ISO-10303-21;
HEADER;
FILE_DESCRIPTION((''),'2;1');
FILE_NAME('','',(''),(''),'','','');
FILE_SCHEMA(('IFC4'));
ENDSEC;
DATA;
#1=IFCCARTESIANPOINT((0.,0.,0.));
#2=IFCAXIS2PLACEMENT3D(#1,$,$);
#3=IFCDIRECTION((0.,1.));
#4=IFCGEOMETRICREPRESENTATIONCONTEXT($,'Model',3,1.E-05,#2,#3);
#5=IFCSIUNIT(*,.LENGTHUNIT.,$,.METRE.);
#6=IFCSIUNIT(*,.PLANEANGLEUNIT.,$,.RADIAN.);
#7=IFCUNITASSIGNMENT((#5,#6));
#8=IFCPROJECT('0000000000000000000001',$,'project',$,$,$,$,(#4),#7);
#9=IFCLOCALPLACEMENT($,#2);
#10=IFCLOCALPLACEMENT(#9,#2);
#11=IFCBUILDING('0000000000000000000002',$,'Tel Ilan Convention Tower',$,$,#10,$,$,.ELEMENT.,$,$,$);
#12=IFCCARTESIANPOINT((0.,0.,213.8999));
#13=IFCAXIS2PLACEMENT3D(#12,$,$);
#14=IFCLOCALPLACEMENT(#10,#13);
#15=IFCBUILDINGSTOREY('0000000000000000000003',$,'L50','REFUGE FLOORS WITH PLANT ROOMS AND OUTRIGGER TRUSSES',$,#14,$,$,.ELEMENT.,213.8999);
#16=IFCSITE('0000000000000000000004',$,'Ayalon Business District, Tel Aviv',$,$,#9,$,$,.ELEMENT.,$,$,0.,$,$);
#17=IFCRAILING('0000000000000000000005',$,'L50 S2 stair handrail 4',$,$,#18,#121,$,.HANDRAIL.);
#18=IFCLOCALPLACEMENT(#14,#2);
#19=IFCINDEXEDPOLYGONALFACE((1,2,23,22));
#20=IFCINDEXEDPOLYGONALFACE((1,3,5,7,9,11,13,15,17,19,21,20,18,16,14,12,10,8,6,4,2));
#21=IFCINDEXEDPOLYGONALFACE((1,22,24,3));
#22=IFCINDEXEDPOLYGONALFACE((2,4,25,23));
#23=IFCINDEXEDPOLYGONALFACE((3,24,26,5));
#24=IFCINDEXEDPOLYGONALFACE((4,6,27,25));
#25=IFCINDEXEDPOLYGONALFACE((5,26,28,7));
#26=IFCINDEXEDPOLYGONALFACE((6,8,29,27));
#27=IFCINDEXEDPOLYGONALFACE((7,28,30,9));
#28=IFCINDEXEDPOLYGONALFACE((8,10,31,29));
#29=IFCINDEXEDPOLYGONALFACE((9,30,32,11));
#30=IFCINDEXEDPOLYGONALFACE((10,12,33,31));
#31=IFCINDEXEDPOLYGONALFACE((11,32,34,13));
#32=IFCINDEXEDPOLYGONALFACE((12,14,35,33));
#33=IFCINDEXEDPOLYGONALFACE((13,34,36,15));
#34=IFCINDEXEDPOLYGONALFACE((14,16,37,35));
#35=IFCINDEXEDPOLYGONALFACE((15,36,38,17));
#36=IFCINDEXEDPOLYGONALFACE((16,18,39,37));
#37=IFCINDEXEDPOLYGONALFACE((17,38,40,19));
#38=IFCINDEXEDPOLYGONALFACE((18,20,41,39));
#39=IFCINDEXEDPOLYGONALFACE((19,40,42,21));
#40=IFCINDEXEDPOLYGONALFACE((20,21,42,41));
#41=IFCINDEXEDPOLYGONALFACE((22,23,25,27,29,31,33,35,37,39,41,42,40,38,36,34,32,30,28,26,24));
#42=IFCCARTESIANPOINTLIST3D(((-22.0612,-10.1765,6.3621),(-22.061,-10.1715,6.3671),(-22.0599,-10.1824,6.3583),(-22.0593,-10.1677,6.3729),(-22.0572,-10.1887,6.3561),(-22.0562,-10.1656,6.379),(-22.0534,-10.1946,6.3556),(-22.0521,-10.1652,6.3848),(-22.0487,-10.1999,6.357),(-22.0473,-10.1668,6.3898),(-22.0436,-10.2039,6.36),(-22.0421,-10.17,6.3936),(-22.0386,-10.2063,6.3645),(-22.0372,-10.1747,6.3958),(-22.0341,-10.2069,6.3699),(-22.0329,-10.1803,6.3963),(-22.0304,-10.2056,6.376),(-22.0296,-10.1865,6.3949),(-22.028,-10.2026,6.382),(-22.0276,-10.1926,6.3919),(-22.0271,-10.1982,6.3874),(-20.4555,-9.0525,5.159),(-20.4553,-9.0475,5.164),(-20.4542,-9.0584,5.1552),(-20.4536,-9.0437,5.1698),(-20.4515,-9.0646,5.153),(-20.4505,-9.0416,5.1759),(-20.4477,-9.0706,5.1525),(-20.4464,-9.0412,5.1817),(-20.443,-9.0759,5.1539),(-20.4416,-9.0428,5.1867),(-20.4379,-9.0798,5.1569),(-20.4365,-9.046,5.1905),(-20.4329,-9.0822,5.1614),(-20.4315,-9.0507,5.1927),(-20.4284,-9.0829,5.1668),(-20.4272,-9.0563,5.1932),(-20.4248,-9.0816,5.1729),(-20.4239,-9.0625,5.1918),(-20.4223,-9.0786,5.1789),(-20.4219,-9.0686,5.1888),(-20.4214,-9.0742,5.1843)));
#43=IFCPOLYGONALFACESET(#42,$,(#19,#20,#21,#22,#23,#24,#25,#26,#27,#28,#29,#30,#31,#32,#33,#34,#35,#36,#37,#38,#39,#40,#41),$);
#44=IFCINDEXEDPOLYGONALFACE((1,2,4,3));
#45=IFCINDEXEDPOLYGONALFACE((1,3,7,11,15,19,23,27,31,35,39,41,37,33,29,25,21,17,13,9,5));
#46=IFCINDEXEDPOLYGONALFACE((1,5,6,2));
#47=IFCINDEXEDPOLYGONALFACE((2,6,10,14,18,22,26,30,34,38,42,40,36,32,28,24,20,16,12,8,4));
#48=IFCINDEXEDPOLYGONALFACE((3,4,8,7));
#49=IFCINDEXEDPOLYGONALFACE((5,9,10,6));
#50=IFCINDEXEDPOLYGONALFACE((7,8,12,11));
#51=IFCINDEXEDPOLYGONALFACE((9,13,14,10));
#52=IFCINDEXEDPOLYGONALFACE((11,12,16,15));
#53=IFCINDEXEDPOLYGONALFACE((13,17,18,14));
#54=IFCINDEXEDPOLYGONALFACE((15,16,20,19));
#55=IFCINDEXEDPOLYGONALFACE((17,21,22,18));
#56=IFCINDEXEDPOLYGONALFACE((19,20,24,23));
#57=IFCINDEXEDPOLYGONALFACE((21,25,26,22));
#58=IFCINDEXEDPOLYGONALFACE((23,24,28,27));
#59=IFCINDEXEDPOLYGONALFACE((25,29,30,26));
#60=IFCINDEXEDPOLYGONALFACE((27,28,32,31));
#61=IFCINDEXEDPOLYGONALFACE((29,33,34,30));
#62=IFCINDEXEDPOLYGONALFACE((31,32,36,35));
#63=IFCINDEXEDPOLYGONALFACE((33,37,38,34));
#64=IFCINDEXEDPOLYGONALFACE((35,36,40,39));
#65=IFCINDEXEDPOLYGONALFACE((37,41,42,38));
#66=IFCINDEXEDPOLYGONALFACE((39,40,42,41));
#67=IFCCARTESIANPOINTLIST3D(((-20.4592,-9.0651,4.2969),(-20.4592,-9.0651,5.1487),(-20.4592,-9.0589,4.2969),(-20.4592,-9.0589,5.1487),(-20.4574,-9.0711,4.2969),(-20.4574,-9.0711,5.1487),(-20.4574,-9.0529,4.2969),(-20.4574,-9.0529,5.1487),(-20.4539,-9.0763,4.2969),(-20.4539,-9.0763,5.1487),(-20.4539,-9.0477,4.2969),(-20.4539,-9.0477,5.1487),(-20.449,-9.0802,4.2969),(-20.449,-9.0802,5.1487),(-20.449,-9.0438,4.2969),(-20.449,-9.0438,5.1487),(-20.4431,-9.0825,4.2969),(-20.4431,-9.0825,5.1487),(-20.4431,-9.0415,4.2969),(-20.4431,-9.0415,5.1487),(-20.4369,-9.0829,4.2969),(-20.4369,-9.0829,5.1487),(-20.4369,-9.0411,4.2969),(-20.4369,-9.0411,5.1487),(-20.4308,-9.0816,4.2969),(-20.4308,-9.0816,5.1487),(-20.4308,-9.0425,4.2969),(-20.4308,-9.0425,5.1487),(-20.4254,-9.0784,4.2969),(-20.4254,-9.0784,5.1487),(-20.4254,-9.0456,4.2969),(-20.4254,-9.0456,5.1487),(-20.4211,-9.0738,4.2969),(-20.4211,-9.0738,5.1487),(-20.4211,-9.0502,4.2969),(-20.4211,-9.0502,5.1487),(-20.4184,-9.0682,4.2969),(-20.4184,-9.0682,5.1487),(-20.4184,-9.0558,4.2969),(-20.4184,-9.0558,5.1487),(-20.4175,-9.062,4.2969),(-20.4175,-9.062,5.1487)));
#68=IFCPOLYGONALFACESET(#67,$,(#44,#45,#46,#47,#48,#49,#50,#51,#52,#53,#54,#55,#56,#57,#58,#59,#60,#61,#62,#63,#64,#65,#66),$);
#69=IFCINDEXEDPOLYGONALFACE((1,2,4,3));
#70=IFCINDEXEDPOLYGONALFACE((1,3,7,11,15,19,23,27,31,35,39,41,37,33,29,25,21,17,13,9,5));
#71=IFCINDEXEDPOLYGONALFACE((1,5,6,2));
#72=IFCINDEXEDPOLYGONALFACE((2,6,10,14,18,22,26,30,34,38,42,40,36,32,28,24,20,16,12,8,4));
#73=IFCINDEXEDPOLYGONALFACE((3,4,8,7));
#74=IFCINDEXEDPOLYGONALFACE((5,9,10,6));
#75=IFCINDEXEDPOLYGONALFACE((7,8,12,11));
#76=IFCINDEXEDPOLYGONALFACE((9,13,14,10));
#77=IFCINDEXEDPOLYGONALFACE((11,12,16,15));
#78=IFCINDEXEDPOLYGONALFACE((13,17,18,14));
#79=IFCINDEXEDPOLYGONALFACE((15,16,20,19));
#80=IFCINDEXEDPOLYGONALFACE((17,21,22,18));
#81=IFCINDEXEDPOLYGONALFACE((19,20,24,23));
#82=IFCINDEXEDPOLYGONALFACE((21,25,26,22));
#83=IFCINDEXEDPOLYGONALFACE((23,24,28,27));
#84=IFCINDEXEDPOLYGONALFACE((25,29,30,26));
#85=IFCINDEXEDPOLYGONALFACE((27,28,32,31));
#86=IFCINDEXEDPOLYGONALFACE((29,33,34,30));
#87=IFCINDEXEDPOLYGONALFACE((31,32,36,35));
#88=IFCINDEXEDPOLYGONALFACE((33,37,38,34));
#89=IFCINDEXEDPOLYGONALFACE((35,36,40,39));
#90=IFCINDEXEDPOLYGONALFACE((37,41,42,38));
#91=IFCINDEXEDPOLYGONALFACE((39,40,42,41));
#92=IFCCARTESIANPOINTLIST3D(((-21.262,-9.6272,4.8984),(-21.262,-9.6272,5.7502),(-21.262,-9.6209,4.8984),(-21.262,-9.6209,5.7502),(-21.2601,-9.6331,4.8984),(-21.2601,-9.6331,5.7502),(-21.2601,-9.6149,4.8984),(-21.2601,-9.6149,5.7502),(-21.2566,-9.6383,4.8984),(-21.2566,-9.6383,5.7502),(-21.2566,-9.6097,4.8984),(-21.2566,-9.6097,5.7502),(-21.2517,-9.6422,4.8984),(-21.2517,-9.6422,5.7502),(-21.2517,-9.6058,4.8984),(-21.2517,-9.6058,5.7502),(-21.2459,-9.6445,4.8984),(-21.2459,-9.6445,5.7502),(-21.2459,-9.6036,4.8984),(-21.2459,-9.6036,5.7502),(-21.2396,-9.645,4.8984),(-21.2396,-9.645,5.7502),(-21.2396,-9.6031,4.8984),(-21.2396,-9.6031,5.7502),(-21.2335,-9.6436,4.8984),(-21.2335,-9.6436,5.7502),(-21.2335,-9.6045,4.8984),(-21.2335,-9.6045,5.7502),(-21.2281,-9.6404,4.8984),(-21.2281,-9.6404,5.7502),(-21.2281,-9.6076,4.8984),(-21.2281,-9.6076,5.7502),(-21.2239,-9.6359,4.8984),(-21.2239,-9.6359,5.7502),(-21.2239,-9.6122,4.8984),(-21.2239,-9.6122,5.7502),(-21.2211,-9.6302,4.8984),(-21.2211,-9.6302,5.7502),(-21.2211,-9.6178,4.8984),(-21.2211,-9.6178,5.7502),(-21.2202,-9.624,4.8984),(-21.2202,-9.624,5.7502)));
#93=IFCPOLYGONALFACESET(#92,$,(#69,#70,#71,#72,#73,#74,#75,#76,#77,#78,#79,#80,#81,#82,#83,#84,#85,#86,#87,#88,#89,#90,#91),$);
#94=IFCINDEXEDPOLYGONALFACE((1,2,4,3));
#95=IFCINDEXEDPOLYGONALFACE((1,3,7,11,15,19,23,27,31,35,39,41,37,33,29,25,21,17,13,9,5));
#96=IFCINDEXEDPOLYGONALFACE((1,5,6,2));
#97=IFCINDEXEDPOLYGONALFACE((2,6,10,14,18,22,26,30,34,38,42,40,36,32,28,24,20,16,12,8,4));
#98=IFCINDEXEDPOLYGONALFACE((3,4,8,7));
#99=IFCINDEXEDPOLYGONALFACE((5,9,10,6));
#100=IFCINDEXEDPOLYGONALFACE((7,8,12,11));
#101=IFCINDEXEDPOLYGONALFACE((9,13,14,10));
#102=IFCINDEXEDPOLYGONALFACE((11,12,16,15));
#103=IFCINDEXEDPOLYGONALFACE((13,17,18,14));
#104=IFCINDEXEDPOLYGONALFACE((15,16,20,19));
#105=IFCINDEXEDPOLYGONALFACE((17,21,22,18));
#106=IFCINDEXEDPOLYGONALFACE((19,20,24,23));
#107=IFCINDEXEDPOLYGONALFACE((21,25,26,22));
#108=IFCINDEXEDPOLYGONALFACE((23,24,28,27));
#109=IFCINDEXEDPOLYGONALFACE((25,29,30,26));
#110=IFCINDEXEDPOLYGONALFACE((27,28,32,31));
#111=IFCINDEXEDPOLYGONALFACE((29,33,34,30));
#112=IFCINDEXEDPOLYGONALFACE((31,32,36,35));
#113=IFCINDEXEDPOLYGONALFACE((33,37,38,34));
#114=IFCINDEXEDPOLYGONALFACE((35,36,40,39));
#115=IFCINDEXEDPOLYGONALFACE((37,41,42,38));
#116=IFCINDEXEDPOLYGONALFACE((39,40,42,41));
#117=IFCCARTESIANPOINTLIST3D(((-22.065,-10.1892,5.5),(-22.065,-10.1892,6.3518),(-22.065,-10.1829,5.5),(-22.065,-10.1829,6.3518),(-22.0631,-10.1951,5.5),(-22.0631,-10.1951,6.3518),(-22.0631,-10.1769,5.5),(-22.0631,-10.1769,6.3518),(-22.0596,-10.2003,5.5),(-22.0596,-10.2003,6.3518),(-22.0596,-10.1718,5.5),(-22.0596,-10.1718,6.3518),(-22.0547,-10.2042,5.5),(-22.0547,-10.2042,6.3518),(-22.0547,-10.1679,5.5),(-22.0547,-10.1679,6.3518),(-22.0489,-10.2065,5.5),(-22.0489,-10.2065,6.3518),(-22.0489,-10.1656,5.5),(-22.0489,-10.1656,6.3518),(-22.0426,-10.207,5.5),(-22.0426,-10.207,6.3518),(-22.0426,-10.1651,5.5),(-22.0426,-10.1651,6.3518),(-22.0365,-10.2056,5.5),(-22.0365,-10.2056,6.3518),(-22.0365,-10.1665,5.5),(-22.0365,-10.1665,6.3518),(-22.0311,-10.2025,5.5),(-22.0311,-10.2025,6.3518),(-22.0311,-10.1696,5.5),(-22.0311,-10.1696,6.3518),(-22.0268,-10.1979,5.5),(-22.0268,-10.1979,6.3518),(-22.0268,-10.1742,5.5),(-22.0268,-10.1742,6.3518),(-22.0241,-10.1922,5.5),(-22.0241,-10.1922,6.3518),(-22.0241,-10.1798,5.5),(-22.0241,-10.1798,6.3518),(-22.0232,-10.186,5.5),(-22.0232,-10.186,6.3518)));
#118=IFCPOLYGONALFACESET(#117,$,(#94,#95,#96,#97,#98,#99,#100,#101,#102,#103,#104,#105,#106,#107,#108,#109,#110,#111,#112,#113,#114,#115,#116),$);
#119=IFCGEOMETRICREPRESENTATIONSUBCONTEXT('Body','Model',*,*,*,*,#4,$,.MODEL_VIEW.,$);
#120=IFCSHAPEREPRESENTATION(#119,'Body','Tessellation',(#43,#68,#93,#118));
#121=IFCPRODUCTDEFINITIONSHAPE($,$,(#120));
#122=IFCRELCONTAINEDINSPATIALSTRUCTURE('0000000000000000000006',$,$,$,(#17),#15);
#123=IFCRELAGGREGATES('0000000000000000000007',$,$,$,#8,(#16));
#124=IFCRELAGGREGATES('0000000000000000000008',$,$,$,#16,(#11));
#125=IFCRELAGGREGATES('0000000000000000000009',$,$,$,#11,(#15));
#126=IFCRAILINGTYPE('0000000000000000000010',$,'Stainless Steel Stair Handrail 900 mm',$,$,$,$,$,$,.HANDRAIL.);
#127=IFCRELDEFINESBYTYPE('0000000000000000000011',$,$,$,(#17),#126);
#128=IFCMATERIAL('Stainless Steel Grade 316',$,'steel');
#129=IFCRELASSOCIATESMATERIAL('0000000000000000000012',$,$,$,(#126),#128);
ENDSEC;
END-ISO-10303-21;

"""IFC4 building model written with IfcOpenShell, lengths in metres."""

from ifc_helpers import new_model, si_unit, direction, frame, origin, origin_2d, place, context, subcontext, project, spatial, circle, extrude, material, type_object, element, save


model = new_model("IFC4")

# Units and contexts
model_context = context("Model", 3, precision=1e-05, world=origin(), true_north=direction((0.0, 1.0)))
body_context = subcontext(model_context, "Body", "Model", "MODEL_VIEW")
ifc_project = project(units=[si_unit("LENGTHUNIT", "METRE"), si_unit("PLANEANGLEUNIT", "RADIAN")], contexts=[model_context])

# Site, building, storey
site_placement = place(None, origin())
site = spatial("IfcSite", under=ifc_project, at=site_placement, Name="Ayalon Business District, Tel Aviv", CompositionType="ELEMENT", RefElevation=0.0)
building_placement = place(site_placement, origin())
building = spatial("IfcBuilding", under=site, at=building_placement, Name="Tel Ilan Convention Tower", CompositionType="ELEMENT")
storey_placement = place(building_placement, frame((0.0, 0.0, 213.8999)))
storey = spatial("IfcBuildingStorey", under=building, at=storey_placement, Name="L50", Description="REFUGE FLOORS WITH PLANT ROOMS AND OUTRIGGER TRUSSES", CompositionType="ELEMENT", Elevation=213.8999)

# Railing
ifc_material_1 = material(Name="Stainless Steel Grade 316", Category="steel")
railing_type_1 = type_object("IfcRailingType", Name="Stainless Steel Stair Handrail 900 mm", PredefinedType="HANDRAIL", material=ifc_material_1)
railing_1_placement = place(storey_placement, frame((-20.4385, -9.062, 4.2969)))
element("IfcRailing", 1, at=railing_1_placement, inside=storey, type_object=railing_type_1, Name="L50 S2 stair handrail 4", PredefinedType="HANDRAIL", context=body_context, shape_type="SweptSolid", body=[
    extrude(circle(Radius=0.0239, at=origin_2d()), frame((0.0, 0.0, 0.876), z_axis=(-0.698185, -0.48874, 0.523135), x_axis=(0.573471, -0.819226, 0.0)), (0.0, 0.0, 1.0), 2.2998),
    extrude(circle(Radius=0.021, at=origin_2d()), origin(), (0.0, 0.0, 1.0), 0.8518),
    extrude(circle(Radius=0.021, at=origin_2d()), frame((-0.8027, -0.562, 0.6016)), (0.0, 0.0, 1.0), 0.8518),
    extrude(circle(Radius=0.021, at=origin_2d()), frame((-1.6057, -1.124, 1.2031)), (0.0, 0.0, 1.0), 0.8518),
])

save(model, "model.ifc")
